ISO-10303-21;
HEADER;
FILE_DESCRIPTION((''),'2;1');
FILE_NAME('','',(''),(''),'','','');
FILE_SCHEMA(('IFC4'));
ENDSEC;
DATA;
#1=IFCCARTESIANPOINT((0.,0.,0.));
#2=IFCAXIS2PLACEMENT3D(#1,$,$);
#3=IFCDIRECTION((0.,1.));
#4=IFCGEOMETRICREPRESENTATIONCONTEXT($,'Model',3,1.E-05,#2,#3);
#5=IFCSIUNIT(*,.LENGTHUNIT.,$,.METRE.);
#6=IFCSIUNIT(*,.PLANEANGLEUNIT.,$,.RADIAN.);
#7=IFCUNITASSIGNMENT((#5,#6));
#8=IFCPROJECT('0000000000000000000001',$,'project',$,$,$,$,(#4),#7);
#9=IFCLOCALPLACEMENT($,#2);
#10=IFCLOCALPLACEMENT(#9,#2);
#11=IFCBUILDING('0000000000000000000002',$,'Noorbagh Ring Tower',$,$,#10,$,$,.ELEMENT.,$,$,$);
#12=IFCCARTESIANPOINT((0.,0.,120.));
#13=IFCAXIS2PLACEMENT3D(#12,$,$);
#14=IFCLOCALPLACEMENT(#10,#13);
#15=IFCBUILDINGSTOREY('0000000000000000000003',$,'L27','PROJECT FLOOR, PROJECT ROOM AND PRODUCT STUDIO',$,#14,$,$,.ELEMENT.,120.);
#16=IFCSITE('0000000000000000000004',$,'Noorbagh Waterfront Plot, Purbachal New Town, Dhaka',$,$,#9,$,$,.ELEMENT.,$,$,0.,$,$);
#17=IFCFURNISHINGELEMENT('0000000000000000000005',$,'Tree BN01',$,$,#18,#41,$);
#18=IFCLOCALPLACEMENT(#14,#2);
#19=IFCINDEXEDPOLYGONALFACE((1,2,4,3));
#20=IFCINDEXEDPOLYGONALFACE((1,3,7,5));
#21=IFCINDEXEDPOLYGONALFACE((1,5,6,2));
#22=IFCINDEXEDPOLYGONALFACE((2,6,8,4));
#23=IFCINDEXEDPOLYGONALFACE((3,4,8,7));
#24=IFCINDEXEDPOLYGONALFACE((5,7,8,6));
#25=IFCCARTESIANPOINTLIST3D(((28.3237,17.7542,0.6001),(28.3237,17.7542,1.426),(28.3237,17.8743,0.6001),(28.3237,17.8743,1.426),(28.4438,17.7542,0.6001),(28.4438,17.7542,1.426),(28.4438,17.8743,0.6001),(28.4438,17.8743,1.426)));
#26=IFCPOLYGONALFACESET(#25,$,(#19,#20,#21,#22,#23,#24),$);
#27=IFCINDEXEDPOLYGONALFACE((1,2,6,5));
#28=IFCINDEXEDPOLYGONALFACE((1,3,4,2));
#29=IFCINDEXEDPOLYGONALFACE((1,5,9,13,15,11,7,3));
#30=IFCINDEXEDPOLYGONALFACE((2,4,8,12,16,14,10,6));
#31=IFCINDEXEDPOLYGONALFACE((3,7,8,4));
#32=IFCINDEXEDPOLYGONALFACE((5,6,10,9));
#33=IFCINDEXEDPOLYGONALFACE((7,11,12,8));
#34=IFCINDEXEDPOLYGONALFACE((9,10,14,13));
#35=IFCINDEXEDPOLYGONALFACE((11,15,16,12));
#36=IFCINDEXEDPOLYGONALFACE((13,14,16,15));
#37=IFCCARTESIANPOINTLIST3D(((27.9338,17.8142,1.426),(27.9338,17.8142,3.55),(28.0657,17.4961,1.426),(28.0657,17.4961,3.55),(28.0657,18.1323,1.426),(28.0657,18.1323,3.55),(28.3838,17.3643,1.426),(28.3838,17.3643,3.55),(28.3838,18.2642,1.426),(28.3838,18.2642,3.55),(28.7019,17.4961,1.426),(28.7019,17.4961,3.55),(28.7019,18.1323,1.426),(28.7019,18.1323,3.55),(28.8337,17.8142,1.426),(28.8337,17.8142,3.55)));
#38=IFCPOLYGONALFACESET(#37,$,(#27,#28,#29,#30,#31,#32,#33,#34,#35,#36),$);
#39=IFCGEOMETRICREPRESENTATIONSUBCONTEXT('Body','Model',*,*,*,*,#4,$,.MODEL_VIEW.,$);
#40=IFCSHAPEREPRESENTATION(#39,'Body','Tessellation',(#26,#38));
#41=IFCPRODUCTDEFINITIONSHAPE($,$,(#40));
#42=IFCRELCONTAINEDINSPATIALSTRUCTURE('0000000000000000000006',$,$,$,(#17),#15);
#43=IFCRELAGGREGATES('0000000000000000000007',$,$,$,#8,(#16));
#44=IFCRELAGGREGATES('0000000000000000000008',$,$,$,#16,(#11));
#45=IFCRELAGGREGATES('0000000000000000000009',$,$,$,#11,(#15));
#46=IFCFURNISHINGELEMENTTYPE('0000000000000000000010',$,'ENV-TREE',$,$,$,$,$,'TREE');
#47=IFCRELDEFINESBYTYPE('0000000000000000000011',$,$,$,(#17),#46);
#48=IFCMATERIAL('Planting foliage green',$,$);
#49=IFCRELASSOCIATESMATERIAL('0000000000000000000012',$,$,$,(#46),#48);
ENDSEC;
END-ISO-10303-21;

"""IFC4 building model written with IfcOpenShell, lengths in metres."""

from ifc_helpers import new_model, si_unit, direction, frame, origin, origin_2d, place, context, subcontext, project, spatial, polyline, rectangle, outline, extrude, material, type_object, element, save


model = new_model("IFC4")

# Units and contexts
model_context = context("Model", 3, precision=1e-05, world=origin(), true_north=direction((0.0, 1.0)))
body_context = subcontext(model_context, "Body", "Model", "MODEL_VIEW")
ifc_project = project(units=[si_unit("LENGTHUNIT", "METRE"), si_unit("PLANEANGLEUNIT", "RADIAN")], contexts=[model_context])

# Site, building, storey
site_placement = place(None, origin())
site = spatial("IfcSite", under=ifc_project, at=site_placement, Name="Noorbagh Waterfront Plot, Purbachal New Town, Dhaka", CompositionType="ELEMENT", RefElevation=0.0)
building_placement = place(site_placement, origin())
building = spatial("IfcBuilding", under=site, at=building_placement, Name="Noorbagh Ring Tower", CompositionType="ELEMENT")
storey_placement = place(building_placement, frame((0.0, 0.0, 120.0)))
storey = spatial("IfcBuildingStorey", under=building, at=storey_placement, Name="L27", Description="PROJECT FLOOR, PROJECT ROOM AND PRODUCT STUDIO", CompositionType="ELEMENT", Elevation=120.0)

# Furnishing element
ifc_material_1 = material(Name="Planting foliage green")
furnishing_element_type = type_object("IfcFurnishingElementType", Name="ENV-TREE", ElementType="TREE", material=ifc_material_1)
furnishing_placement = place(storey_placement, frame((28.3838, 17.8142, 0.6001), z_axis=(0.0, 0.0, 1.0), x_axis=(1.0, 0.0, 0.0)))
element("IfcFurnishingElement", 1, at=furnishing_placement, inside=storey, type_object=furnishing_element_type, Name="Tree BN01", context=body_context, shape_type="SweptSolid", body=[
    extrude(rectangle(XDim=0.1201, YDim=0.1201, at=origin_2d()), origin(), (0.0, 0.0, 1.0), 0.8259),
    extrude(outline(polyline([(0.45, 0.0), (0.3181, 0.3181), (0.0, 0.45), (-0.3181, 0.3181), (-0.45, 0.0), (-0.3181, -0.3181), (0.0, -0.45), (0.3181, -0.3181), (0.45, 0.0)])), frame((0.0, 0.0, 0.8259)), (0.0, 0.0, 1.0), 2.124),
])

save(model, "model.ifc")
